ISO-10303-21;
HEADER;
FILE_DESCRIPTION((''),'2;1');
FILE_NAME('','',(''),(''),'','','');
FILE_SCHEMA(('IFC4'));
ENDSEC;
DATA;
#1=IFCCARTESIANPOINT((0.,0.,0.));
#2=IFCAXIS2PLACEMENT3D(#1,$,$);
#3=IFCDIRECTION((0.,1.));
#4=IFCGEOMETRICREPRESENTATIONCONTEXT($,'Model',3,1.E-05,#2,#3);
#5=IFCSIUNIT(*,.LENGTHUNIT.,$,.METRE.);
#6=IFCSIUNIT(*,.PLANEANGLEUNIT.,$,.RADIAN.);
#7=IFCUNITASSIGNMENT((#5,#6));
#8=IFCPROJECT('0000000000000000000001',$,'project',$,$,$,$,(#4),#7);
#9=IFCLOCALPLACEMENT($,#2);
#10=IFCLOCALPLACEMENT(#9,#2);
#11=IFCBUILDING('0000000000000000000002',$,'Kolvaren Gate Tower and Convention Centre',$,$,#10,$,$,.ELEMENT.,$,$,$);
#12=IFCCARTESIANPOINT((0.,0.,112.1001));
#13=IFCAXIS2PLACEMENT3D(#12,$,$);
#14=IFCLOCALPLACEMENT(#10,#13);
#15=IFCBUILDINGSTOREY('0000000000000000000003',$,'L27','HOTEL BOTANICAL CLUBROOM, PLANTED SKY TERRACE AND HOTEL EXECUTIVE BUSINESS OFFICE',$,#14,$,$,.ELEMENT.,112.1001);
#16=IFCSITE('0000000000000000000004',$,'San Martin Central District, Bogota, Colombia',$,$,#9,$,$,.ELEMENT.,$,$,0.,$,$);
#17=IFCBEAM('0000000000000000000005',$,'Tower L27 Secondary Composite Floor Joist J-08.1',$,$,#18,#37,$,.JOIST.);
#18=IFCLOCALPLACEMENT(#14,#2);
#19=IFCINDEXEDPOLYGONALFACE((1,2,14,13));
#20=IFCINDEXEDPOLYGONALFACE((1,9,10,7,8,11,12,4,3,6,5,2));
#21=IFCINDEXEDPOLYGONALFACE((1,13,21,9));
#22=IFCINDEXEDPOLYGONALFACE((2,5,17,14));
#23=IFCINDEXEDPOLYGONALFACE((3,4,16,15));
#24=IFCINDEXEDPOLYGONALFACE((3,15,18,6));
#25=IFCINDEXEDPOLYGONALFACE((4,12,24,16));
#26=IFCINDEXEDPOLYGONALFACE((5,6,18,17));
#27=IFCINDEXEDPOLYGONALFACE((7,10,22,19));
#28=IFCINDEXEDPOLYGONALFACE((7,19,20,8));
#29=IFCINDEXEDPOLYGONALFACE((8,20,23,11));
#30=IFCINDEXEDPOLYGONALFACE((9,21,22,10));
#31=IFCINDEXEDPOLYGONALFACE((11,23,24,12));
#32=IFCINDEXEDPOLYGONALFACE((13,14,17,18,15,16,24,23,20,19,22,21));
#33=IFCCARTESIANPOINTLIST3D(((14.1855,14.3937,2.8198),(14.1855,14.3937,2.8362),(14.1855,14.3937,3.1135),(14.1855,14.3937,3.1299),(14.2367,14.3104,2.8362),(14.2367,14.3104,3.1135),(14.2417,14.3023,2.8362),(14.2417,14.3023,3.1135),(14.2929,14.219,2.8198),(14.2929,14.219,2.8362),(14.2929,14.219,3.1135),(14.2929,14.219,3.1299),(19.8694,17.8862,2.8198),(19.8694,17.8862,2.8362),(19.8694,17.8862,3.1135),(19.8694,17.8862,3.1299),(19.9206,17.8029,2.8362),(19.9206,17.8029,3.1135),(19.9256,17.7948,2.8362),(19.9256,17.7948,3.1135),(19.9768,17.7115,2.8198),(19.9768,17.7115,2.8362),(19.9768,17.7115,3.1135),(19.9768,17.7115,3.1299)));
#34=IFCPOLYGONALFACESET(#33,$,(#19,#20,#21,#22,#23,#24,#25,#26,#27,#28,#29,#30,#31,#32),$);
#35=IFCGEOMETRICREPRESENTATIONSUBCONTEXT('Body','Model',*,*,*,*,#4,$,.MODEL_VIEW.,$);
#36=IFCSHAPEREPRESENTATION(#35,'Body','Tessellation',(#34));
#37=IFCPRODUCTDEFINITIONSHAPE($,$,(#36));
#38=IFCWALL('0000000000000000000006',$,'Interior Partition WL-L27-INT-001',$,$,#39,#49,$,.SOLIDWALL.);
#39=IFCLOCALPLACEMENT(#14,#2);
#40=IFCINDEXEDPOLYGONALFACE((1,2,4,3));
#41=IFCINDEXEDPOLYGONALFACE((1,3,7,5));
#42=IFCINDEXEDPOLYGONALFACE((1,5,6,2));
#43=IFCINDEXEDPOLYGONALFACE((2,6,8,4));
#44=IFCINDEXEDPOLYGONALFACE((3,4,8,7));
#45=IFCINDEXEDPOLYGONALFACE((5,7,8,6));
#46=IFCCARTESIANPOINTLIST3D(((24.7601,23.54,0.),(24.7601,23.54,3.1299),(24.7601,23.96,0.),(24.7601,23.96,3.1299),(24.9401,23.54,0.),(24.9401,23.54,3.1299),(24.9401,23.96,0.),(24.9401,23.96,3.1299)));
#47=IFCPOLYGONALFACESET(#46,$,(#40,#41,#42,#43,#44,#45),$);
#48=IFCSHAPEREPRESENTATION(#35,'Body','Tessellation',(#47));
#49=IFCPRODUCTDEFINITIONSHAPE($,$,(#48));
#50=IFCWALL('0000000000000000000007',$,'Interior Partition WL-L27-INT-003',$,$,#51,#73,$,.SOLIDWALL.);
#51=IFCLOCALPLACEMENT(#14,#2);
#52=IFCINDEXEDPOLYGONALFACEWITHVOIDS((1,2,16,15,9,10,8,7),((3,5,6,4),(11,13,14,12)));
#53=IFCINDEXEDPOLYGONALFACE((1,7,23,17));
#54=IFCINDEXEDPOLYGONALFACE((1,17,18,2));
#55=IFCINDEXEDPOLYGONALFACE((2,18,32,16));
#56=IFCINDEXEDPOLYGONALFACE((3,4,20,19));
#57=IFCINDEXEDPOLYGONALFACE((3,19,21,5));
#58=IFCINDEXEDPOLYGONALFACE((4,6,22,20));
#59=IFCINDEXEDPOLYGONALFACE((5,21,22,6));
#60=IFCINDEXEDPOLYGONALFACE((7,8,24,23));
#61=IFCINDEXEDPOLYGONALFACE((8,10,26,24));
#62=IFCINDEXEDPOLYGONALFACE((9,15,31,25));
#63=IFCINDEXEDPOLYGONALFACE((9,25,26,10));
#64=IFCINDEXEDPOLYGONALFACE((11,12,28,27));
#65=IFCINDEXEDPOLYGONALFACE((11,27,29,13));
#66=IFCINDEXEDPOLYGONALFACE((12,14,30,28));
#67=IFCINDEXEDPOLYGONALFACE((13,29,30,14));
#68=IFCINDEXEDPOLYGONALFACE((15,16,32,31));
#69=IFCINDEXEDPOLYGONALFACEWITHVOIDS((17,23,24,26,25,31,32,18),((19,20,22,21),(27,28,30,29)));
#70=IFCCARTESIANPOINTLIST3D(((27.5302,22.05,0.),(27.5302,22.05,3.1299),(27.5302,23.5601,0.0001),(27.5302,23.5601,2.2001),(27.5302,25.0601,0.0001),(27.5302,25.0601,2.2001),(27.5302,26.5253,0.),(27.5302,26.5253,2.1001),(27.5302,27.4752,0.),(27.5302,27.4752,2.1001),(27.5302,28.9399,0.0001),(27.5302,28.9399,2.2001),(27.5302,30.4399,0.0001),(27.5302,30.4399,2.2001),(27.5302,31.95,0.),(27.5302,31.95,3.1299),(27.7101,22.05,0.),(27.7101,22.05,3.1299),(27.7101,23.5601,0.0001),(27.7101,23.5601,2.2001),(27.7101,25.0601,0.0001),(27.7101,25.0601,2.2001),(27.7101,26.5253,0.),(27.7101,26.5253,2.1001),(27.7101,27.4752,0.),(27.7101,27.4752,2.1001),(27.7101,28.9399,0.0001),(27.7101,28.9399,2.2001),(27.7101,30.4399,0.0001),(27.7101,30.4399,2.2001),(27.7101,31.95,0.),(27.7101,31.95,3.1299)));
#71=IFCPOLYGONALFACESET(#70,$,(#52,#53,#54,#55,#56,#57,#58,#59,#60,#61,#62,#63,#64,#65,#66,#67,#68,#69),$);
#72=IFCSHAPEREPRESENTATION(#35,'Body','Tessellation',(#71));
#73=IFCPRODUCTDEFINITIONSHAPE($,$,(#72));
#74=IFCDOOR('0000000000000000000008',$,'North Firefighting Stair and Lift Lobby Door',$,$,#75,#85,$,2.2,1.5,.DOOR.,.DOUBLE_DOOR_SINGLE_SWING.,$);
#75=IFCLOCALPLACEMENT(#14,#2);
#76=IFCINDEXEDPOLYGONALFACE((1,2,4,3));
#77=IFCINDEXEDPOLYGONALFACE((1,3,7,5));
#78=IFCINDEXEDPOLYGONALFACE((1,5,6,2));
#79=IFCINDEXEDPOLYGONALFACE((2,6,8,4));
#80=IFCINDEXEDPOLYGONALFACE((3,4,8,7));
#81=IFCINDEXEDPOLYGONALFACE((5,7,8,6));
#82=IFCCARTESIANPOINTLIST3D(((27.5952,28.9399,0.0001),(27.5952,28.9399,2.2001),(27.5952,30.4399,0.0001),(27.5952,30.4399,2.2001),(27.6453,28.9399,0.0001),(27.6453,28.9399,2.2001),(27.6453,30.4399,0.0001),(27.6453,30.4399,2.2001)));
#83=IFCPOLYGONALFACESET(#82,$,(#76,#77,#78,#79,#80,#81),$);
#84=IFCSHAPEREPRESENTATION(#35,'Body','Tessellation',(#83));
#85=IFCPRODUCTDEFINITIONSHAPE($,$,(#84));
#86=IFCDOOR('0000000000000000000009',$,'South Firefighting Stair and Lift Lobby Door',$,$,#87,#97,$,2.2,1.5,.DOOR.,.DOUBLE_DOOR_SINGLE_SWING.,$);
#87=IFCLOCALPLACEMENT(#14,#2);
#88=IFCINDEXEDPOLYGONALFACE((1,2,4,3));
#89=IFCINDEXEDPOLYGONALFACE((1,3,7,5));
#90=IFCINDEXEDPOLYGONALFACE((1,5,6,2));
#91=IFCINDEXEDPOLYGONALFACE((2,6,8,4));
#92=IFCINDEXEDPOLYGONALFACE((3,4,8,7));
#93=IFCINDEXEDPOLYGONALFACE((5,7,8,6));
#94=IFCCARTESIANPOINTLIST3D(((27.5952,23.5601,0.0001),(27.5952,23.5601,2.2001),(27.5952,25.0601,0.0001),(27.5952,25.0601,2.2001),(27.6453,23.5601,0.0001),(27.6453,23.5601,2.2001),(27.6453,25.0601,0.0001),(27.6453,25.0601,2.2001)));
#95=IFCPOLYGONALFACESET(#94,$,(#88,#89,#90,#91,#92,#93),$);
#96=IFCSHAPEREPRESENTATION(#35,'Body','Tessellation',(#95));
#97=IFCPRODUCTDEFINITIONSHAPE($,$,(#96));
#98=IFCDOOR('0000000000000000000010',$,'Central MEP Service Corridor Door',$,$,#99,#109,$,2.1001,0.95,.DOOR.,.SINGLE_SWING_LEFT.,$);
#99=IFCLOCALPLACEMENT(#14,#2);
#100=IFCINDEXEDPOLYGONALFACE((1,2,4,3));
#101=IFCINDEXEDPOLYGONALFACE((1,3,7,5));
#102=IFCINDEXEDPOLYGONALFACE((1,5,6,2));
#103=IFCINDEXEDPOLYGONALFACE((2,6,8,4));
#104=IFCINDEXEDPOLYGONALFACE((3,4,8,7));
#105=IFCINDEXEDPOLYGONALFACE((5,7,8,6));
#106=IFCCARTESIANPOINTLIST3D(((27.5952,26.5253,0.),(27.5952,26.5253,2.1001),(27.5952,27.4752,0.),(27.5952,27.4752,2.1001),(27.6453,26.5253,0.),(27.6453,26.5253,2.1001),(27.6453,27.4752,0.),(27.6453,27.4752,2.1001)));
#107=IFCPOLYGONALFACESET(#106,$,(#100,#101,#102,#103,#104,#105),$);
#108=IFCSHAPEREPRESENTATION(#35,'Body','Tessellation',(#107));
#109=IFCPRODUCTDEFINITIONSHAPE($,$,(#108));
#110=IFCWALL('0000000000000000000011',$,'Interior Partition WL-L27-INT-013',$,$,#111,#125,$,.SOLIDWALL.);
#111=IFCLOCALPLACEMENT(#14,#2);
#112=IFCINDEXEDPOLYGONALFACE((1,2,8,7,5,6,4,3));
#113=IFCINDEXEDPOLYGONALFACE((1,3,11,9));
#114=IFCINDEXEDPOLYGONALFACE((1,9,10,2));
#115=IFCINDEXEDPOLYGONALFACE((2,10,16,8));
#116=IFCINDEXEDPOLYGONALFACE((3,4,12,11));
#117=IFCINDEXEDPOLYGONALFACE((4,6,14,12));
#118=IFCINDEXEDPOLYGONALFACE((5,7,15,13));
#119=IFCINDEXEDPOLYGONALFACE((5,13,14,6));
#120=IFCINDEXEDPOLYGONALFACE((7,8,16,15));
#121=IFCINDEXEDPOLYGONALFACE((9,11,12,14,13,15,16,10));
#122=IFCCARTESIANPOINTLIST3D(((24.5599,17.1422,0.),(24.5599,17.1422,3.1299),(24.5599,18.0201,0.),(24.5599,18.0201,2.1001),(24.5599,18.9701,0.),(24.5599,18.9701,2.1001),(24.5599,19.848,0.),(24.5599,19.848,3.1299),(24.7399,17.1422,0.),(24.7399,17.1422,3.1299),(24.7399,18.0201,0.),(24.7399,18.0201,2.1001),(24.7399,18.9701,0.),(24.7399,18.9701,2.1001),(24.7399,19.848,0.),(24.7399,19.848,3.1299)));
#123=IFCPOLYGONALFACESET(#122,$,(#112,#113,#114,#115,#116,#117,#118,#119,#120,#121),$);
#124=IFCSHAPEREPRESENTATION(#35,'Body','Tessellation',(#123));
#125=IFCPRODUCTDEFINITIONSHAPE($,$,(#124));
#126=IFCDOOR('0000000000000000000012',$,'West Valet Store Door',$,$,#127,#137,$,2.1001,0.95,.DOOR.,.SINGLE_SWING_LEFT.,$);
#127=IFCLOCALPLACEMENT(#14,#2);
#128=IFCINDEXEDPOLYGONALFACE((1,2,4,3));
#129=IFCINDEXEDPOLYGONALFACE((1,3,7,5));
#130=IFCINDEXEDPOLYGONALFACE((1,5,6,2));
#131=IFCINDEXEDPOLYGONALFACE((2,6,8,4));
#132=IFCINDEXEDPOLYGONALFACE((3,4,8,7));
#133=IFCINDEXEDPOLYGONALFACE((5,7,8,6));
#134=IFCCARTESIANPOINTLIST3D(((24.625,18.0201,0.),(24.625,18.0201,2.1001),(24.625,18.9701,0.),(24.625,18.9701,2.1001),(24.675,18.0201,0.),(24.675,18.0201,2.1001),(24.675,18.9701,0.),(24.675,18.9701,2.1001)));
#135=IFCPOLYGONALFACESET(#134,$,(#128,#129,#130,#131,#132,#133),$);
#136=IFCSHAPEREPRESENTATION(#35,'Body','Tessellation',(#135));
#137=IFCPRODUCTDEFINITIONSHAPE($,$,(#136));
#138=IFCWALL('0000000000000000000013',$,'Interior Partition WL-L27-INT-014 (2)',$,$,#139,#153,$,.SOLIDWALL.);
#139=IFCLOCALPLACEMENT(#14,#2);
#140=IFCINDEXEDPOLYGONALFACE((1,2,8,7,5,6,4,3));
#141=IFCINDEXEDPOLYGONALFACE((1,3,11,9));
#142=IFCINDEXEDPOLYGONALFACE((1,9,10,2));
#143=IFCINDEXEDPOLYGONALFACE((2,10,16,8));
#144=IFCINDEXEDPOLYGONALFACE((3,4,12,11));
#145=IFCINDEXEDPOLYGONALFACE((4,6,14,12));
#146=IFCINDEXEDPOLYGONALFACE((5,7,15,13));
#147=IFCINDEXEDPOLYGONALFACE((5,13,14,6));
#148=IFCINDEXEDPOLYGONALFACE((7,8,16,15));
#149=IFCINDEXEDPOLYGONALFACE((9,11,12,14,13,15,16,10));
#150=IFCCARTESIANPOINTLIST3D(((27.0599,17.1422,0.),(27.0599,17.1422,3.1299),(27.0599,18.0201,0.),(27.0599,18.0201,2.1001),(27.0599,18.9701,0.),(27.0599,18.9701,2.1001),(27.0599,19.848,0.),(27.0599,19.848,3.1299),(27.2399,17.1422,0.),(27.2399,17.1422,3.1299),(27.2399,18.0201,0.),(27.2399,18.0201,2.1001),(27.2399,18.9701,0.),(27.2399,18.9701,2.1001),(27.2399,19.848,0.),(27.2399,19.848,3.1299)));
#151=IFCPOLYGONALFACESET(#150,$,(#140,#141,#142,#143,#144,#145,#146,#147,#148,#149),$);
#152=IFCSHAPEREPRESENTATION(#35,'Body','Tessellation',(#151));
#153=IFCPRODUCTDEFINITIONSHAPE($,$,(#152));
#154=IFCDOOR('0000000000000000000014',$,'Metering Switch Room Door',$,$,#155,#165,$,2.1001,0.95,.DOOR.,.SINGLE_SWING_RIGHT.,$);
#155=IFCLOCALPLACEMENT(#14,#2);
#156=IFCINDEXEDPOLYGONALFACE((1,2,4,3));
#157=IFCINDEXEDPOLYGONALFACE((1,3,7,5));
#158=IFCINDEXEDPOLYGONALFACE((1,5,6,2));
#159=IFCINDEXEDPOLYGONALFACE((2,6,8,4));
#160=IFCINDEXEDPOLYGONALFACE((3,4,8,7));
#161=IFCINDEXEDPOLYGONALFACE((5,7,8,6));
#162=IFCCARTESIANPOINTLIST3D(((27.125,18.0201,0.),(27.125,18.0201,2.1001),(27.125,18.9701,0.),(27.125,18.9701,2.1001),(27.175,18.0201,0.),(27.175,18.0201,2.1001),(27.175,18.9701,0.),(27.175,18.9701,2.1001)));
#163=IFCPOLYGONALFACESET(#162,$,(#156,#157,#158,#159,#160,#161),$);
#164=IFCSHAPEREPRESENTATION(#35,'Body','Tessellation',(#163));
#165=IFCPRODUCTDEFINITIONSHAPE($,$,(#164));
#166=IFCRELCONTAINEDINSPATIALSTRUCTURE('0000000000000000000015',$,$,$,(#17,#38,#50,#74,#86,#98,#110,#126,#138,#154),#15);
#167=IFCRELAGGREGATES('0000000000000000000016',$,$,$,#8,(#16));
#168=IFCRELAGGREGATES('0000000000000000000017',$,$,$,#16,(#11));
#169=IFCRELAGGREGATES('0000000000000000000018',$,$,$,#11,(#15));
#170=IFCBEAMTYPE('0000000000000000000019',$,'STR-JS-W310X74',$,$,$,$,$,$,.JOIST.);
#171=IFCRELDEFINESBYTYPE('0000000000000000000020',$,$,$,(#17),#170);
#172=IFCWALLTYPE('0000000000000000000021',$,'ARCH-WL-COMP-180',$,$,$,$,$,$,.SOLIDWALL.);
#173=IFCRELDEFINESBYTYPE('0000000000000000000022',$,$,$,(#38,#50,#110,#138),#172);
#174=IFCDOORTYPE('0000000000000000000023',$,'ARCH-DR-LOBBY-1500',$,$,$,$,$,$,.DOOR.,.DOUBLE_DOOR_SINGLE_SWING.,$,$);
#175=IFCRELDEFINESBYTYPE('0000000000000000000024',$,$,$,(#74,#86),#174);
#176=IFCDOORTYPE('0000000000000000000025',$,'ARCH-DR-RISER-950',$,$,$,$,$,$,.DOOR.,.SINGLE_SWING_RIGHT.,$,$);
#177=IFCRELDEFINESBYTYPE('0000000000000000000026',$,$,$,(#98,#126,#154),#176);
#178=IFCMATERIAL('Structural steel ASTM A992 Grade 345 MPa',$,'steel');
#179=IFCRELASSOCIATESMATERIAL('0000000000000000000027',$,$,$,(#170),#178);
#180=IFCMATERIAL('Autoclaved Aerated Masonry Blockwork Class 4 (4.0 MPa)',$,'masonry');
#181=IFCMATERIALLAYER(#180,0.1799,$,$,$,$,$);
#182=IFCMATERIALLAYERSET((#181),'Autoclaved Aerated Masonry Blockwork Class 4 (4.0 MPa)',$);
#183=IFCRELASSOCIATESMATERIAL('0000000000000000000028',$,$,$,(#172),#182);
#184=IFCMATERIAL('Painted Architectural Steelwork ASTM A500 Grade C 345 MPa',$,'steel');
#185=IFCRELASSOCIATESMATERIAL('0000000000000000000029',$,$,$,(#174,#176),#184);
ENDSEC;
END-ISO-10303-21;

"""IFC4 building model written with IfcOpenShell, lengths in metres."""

from ifc_helpers import new_model, si_unit, direction, frame, frame_2d, origin, origin_2d, place, context, subcontext, project, spatial, rectangle, i_section, extrude, material, layer, layer_set, material_profile, profile_set, type_object, element, fill, save


model = new_model("IFC4")

# Units and contexts
model_context = context("Model", 3, precision=1e-05, world=origin(), true_north=direction((0.0, 1.0)))
body_context = subcontext(model_context, "Body", "Model", "MODEL_VIEW")
ifc_project = project(units=[si_unit("LENGTHUNIT", "METRE"), si_unit("PLANEANGLEUNIT", "RADIAN")], contexts=[model_context])

# Site, building, storey
site_placement = place(None, origin())
site = spatial("IfcSite", under=ifc_project, at=site_placement, Name="San Martin Central District, Bogota, Colombia", CompositionType="ELEMENT", RefElevation=0.0)
building_placement = place(site_placement, origin())
building = spatial("IfcBuilding", under=site, at=building_placement, Name="Kolvaren Gate Tower and Convention Centre", CompositionType="ELEMENT")
storey_placement = place(building_placement, frame((0.0, 0.0, 112.1001)))
storey = spatial("IfcBuildingStorey", under=building, at=storey_placement, Name="L27", Description="HOTEL BOTANICAL CLUBROOM, PLANTED SKY TERRACE AND HOTEL EXECUTIVE BUSINESS OFFICE", CompositionType="ELEMENT", Elevation=112.1001)

# Beam
ifc_material_1 = material(Name="Structural steel ASTM A992 Grade 345 MPa", Category="steel")
ifc_material_profile = material_profile(ifc_material_1, i_section(OverallWidth=0.2051, OverallDepth=0.3101, WebThickness=0.0095, FlangeThickness=0.0164, at=origin_2d()), Name="W310X74")
ifc_profile_set = profile_set([ifc_material_profile], Name="Structural steel ASTM A992 Grade 345 MPa")
beam_type = type_object("IfcBeamType", Name="STR-JS-W310X74", PredefinedType="JOIST", material=ifc_profile_set)
beam_placement = place(storey_placement, frame((19.9231, 17.7988, 2.9749), z_axis=(-0.852014, -0.523519, 0.0), x_axis=(0.523519, -0.852014, 0.0)))
element("IfcBeam", 1, at=beam_placement, inside=storey, type_object=beam_type, Name="Tower L27 Secondary Composite Floor Joist J-08.1", PredefinedType="JOIST", context=body_context, shape_type="SweptSolid", body=[
    extrude(i_section(OverallWidth=0.2051, OverallDepth=0.3101, WebThickness=0.0095, FlangeThickness=0.0164, at=origin_2d()), origin(), (0.0, 0.0, 1.0), 6.6711),
])

# Wall
ifc_material_2 = material(Name="Autoclaved Aerated Masonry Blockwork Class 4 (4.0 MPa)", Category="masonry")
ifc_layer_1 = layer(ifc_material_2, 0.1799)
ifc_layer_set_1 = layer_set([ifc_layer_1], Name="Autoclaved Aerated Masonry Blockwork Class 4 (4.0 MPa)")
wall_type_1 = type_object("IfcWallType", Name="ARCH-WL-COMP-180", PredefinedType="SOLIDWALL", material=ifc_layer_set_1)
wall_1_placement = place(storey_placement, frame((24.8501, 23.54, 0.0), z_axis=(0.0, 0.0, 1.0), x_axis=(0.0, 1.0, 0.0)))
element("IfcWall", 2, at=wall_1_placement, inside=storey, type_object=wall_type_1, Name="Interior Partition WL-L27-INT-001", PredefinedType="SOLIDWALL", context=body_context, shape_type="SweptSolid", body=[
    extrude(rectangle(XDim=0.4199, YDim=0.1799, at=frame_2d((0.21, 0.0))), origin(), (0.0, 0.0, 1.0), 3.1299),
])

# Wall, openings, doors
wall_2_placement = place(storey_placement, frame((27.6201, 22.05, 0.0), z_axis=(0.0, 0.0, 1.0), x_axis=(0.0, 1.0, 0.0)))
wall_2 = element("IfcWall", 3, at=wall_2_placement, inside=storey, type_object=wall_type_1, Name="Interior Partition WL-L27-INT-003", PredefinedType="SOLIDWALL", context=body_context, shape_type="SweptSolid", body=[
    extrude(rectangle(XDim=9.8999, YDim=0.1799, at=frame_2d((4.95, 0.0))), origin(), (0.0, 0.0, 1.0), 3.1299),
])
opening_1_placement = place(wall_2_placement, frame((4.4751, 0.0, 0.0)))
opening_1 = element("IfcOpeningElement", 4, at=opening_1_placement, cuts=wall_2, PredefinedType="OPENING", context=body_context, shape_type="SweptSolid", body=[
    extrude(rectangle(XDim=0.95, YDim=2.1001, at=frame_2d((0.4751, 1.05))), frame((0.0, 0.0999, 0.0), z_axis=(0.0, -1.0, 0.0), x_axis=(1.0, 0.0, 0.0)), (0.0, 0.0, 1.0), 0.2),
])
opening_2_placement = place(wall_2_placement, frame((6.8899, 0.0, 0.0)))
opening_2 = element("IfcOpeningElement", 5, at=opening_2_placement, cuts=wall_2, PredefinedType="OPENING", context=body_context, shape_type="SweptSolid", body=[
    extrude(rectangle(XDim=1.5, YDim=2.2, at=frame_2d((0.75, 1.1001))), frame((0.0, 0.0999, 0.0), z_axis=(0.0, -1.0, 0.0), x_axis=(1.0, 0.0, 0.0)), (0.0, 0.0, 1.0), 0.2),
])
opening_3_placement = place(wall_2_placement, frame((1.51, 0.0, 0.0)))
opening_3 = element("IfcOpeningElement", 6, at=opening_3_placement, cuts=wall_2, PredefinedType="OPENING", context=body_context, shape_type="SweptSolid", body=[
    extrude(rectangle(XDim=1.5, YDim=2.2, at=frame_2d((0.75, 1.1001))), frame((0.0, 0.0999, 0.0), z_axis=(0.0, -1.0, 0.0), x_axis=(1.0, 0.0, 0.0)), (0.0, 0.0, 1.0), 0.2),
])
ifc_material_3 = material(Name="Painted Architectural Steelwork ASTM A500 Grade C 345 MPa", Category="steel")
door_type_1 = type_object("IfcDoorType", Name="ARCH-DR-LOBBY-1500", OperationType="DOUBLE_DOOR_SINGLE_SWING", PredefinedType="DOOR", material=ifc_material_3)
door_1_placement = place(opening_2_placement, origin())
door_1 = element("IfcDoor", 7, at=door_1_placement, inside=storey, type_object=door_type_1, Name="North Firefighting Stair and Lift Lobby Door", OperationType="DOUBLE_DOOR_SINGLE_SWING", OverallHeight=2.2, OverallWidth=1.5, PredefinedType="DOOR", context=body_context, shape_type="SweptSolid", body=[
    extrude(rectangle(XDim=1.5, YDim=2.2, at=frame_2d((0.75, 1.1001))), frame((0.0, 0.0249, 0.0), z_axis=(0.0, -1.0, 0.0), x_axis=(1.0, 0.0, 0.0)), (0.0, 0.0, 1.0), 0.05),
])
fill(opening_2, door_1)
door_2_placement = place(opening_3_placement, origin())
door_2 = element("IfcDoor", 8, at=door_2_placement, inside=storey, type_object=door_type_1, Name="South Firefighting Stair and Lift Lobby Door", OperationType="DOUBLE_DOOR_SINGLE_SWING", OverallHeight=2.2, OverallWidth=1.5, PredefinedType="DOOR", context=body_context, shape_type="SweptSolid", body=[
    extrude(rectangle(XDim=1.5, YDim=2.2, at=frame_2d((0.75, 1.1001))), frame((0.0, 0.0249, 0.0), z_axis=(0.0, -1.0, 0.0), x_axis=(1.0, 0.0, 0.0)), (0.0, 0.0, 1.0), 0.05),
])
fill(opening_3, door_2)
door_type_2 = type_object("IfcDoorType", Name="ARCH-DR-RISER-950", OperationType="SINGLE_SWING_RIGHT", PredefinedType="DOOR", material=ifc_material_3)
door_3_placement = place(opening_1_placement, origin())
door_3 = element("IfcDoor", 9, at=door_3_placement, inside=storey, type_object=door_type_2, Name="Central MEP Service Corridor Door", OperationType="SINGLE_SWING_LEFT", OverallHeight=2.1001, OverallWidth=0.95, PredefinedType="DOOR", context=body_context, shape_type="SweptSolid", body=[
    extrude(rectangle(XDim=0.95, YDim=2.1001, at=frame_2d((0.4751, 1.05))), frame((0.0, 0.0249, 0.0), z_axis=(0.0, -1.0, 0.0), x_axis=(1.0, 0.0, 0.0)), (0.0, 0.0, 1.0), 0.05),
])
fill(opening_1, door_3)

# Walls, openings, doors
wall_3_placement = place(storey_placement, frame((24.6499, 17.1421, 0.0), z_axis=(0.0, 0.0, 1.0), x_axis=(0.0, 1.0, 0.0)))
wall_3 = element("IfcWall", 10, at=wall_3_placement, inside=storey, type_object=wall_type_1, Name="Interior Partition WL-L27-INT-013", PredefinedType="SOLIDWALL", context=body_context, shape_type="SweptSolid", body=[
    extrude(rectangle(XDim=2.7058, YDim=0.1799, at=frame_2d((1.353, 0.0))), origin(), (0.0, 0.0, 1.0), 3.1299),
])
opening_4_placement = place(wall_3_placement, frame((0.8779, 0.0, 0.0)))
opening_4 = element("IfcOpeningElement", 11, at=opening_4_placement, cuts=wall_3, PredefinedType="OPENING", context=body_context, shape_type="SweptSolid", body=[
    extrude(rectangle(XDim=0.95, YDim=2.1001, at=frame_2d((0.4751, 1.05))), frame((0.0, 0.0999, 0.0), z_axis=(0.0, -1.0, 0.0), x_axis=(1.0, 0.0, 0.0)), (0.0, 0.0, 1.0), 0.2),
])
door_4_placement = place(opening_4_placement, origin())
door_4 = element("IfcDoor", 12, at=door_4_placement, inside=storey, type_object=door_type_2, Name="West Valet Store Door", OperationType="SINGLE_SWING_LEFT", OverallHeight=2.1001, OverallWidth=0.95, PredefinedType="DOOR", context=body_context, shape_type="SweptSolid", body=[
    extrude(rectangle(XDim=0.95, YDim=2.1001, at=frame_2d((0.4751, 1.05))), frame((0.0, 0.0249, 0.0), z_axis=(0.0, -1.0, 0.0), x_axis=(1.0, 0.0, 0.0)), (0.0, 0.0, 1.0), 0.05),
])
fill(opening_4, door_4)
wall_4_placement = place(storey_placement, frame((27.1499, 17.1421, 0.0), z_axis=(0.0, 0.0, 1.0), x_axis=(0.0, 1.0, 0.0)))
wall_4 = element("IfcWall", 13, at=wall_4_placement, inside=storey, type_object=wall_type_1, Name="Interior Partition WL-L27-INT-014 (2)", PredefinedType="SOLIDWALL", context=body_context, shape_type="SweptSolid", body=[
    extrude(rectangle(XDim=2.7058, YDim=0.1799, at=frame_2d((1.353, 0.0))), origin(), (0.0, 0.0, 1.0), 3.1299),
])
opening_5_placement = place(wall_4_placement, frame((0.8779, 0.0, 0.0)))
opening_5 = element("IfcOpeningElement", 14, at=opening_5_placement, cuts=wall_4, PredefinedType="OPENING", context=body_context, shape_type="SweptSolid", body=[
    extrude(rectangle(XDim=0.95, YDim=2.1001, at=frame_2d((0.4751, 1.05))), frame((0.0, 0.0999, 0.0), z_axis=(0.0, -1.0, 0.0), x_axis=(1.0, 0.0, 0.0)), (0.0, 0.0, 1.0), 0.2),
])
door_5_placement = place(opening_5_placement, origin())
door_5 = element("IfcDoor", 15, at=door_5_placement, inside=storey, type_object=door_type_2, Name="Metering Switch Room Door", OperationType="SINGLE_SWING_RIGHT", OverallHeight=2.1001, OverallWidth=0.95, PredefinedType="DOOR", context=body_context, shape_type="SweptSolid", body=[
    extrude(rectangle(XDim=0.95, YDim=2.1001, at=frame_2d((0.4751, 1.05))), frame((0.0, 0.0249, 0.0), z_axis=(0.0, -1.0, 0.0), x_axis=(1.0, 0.0, 0.0)), (0.0, 0.0, 1.0), 0.05),
])
fill(opening_5, door_5)

save(model, "model.ifc")
